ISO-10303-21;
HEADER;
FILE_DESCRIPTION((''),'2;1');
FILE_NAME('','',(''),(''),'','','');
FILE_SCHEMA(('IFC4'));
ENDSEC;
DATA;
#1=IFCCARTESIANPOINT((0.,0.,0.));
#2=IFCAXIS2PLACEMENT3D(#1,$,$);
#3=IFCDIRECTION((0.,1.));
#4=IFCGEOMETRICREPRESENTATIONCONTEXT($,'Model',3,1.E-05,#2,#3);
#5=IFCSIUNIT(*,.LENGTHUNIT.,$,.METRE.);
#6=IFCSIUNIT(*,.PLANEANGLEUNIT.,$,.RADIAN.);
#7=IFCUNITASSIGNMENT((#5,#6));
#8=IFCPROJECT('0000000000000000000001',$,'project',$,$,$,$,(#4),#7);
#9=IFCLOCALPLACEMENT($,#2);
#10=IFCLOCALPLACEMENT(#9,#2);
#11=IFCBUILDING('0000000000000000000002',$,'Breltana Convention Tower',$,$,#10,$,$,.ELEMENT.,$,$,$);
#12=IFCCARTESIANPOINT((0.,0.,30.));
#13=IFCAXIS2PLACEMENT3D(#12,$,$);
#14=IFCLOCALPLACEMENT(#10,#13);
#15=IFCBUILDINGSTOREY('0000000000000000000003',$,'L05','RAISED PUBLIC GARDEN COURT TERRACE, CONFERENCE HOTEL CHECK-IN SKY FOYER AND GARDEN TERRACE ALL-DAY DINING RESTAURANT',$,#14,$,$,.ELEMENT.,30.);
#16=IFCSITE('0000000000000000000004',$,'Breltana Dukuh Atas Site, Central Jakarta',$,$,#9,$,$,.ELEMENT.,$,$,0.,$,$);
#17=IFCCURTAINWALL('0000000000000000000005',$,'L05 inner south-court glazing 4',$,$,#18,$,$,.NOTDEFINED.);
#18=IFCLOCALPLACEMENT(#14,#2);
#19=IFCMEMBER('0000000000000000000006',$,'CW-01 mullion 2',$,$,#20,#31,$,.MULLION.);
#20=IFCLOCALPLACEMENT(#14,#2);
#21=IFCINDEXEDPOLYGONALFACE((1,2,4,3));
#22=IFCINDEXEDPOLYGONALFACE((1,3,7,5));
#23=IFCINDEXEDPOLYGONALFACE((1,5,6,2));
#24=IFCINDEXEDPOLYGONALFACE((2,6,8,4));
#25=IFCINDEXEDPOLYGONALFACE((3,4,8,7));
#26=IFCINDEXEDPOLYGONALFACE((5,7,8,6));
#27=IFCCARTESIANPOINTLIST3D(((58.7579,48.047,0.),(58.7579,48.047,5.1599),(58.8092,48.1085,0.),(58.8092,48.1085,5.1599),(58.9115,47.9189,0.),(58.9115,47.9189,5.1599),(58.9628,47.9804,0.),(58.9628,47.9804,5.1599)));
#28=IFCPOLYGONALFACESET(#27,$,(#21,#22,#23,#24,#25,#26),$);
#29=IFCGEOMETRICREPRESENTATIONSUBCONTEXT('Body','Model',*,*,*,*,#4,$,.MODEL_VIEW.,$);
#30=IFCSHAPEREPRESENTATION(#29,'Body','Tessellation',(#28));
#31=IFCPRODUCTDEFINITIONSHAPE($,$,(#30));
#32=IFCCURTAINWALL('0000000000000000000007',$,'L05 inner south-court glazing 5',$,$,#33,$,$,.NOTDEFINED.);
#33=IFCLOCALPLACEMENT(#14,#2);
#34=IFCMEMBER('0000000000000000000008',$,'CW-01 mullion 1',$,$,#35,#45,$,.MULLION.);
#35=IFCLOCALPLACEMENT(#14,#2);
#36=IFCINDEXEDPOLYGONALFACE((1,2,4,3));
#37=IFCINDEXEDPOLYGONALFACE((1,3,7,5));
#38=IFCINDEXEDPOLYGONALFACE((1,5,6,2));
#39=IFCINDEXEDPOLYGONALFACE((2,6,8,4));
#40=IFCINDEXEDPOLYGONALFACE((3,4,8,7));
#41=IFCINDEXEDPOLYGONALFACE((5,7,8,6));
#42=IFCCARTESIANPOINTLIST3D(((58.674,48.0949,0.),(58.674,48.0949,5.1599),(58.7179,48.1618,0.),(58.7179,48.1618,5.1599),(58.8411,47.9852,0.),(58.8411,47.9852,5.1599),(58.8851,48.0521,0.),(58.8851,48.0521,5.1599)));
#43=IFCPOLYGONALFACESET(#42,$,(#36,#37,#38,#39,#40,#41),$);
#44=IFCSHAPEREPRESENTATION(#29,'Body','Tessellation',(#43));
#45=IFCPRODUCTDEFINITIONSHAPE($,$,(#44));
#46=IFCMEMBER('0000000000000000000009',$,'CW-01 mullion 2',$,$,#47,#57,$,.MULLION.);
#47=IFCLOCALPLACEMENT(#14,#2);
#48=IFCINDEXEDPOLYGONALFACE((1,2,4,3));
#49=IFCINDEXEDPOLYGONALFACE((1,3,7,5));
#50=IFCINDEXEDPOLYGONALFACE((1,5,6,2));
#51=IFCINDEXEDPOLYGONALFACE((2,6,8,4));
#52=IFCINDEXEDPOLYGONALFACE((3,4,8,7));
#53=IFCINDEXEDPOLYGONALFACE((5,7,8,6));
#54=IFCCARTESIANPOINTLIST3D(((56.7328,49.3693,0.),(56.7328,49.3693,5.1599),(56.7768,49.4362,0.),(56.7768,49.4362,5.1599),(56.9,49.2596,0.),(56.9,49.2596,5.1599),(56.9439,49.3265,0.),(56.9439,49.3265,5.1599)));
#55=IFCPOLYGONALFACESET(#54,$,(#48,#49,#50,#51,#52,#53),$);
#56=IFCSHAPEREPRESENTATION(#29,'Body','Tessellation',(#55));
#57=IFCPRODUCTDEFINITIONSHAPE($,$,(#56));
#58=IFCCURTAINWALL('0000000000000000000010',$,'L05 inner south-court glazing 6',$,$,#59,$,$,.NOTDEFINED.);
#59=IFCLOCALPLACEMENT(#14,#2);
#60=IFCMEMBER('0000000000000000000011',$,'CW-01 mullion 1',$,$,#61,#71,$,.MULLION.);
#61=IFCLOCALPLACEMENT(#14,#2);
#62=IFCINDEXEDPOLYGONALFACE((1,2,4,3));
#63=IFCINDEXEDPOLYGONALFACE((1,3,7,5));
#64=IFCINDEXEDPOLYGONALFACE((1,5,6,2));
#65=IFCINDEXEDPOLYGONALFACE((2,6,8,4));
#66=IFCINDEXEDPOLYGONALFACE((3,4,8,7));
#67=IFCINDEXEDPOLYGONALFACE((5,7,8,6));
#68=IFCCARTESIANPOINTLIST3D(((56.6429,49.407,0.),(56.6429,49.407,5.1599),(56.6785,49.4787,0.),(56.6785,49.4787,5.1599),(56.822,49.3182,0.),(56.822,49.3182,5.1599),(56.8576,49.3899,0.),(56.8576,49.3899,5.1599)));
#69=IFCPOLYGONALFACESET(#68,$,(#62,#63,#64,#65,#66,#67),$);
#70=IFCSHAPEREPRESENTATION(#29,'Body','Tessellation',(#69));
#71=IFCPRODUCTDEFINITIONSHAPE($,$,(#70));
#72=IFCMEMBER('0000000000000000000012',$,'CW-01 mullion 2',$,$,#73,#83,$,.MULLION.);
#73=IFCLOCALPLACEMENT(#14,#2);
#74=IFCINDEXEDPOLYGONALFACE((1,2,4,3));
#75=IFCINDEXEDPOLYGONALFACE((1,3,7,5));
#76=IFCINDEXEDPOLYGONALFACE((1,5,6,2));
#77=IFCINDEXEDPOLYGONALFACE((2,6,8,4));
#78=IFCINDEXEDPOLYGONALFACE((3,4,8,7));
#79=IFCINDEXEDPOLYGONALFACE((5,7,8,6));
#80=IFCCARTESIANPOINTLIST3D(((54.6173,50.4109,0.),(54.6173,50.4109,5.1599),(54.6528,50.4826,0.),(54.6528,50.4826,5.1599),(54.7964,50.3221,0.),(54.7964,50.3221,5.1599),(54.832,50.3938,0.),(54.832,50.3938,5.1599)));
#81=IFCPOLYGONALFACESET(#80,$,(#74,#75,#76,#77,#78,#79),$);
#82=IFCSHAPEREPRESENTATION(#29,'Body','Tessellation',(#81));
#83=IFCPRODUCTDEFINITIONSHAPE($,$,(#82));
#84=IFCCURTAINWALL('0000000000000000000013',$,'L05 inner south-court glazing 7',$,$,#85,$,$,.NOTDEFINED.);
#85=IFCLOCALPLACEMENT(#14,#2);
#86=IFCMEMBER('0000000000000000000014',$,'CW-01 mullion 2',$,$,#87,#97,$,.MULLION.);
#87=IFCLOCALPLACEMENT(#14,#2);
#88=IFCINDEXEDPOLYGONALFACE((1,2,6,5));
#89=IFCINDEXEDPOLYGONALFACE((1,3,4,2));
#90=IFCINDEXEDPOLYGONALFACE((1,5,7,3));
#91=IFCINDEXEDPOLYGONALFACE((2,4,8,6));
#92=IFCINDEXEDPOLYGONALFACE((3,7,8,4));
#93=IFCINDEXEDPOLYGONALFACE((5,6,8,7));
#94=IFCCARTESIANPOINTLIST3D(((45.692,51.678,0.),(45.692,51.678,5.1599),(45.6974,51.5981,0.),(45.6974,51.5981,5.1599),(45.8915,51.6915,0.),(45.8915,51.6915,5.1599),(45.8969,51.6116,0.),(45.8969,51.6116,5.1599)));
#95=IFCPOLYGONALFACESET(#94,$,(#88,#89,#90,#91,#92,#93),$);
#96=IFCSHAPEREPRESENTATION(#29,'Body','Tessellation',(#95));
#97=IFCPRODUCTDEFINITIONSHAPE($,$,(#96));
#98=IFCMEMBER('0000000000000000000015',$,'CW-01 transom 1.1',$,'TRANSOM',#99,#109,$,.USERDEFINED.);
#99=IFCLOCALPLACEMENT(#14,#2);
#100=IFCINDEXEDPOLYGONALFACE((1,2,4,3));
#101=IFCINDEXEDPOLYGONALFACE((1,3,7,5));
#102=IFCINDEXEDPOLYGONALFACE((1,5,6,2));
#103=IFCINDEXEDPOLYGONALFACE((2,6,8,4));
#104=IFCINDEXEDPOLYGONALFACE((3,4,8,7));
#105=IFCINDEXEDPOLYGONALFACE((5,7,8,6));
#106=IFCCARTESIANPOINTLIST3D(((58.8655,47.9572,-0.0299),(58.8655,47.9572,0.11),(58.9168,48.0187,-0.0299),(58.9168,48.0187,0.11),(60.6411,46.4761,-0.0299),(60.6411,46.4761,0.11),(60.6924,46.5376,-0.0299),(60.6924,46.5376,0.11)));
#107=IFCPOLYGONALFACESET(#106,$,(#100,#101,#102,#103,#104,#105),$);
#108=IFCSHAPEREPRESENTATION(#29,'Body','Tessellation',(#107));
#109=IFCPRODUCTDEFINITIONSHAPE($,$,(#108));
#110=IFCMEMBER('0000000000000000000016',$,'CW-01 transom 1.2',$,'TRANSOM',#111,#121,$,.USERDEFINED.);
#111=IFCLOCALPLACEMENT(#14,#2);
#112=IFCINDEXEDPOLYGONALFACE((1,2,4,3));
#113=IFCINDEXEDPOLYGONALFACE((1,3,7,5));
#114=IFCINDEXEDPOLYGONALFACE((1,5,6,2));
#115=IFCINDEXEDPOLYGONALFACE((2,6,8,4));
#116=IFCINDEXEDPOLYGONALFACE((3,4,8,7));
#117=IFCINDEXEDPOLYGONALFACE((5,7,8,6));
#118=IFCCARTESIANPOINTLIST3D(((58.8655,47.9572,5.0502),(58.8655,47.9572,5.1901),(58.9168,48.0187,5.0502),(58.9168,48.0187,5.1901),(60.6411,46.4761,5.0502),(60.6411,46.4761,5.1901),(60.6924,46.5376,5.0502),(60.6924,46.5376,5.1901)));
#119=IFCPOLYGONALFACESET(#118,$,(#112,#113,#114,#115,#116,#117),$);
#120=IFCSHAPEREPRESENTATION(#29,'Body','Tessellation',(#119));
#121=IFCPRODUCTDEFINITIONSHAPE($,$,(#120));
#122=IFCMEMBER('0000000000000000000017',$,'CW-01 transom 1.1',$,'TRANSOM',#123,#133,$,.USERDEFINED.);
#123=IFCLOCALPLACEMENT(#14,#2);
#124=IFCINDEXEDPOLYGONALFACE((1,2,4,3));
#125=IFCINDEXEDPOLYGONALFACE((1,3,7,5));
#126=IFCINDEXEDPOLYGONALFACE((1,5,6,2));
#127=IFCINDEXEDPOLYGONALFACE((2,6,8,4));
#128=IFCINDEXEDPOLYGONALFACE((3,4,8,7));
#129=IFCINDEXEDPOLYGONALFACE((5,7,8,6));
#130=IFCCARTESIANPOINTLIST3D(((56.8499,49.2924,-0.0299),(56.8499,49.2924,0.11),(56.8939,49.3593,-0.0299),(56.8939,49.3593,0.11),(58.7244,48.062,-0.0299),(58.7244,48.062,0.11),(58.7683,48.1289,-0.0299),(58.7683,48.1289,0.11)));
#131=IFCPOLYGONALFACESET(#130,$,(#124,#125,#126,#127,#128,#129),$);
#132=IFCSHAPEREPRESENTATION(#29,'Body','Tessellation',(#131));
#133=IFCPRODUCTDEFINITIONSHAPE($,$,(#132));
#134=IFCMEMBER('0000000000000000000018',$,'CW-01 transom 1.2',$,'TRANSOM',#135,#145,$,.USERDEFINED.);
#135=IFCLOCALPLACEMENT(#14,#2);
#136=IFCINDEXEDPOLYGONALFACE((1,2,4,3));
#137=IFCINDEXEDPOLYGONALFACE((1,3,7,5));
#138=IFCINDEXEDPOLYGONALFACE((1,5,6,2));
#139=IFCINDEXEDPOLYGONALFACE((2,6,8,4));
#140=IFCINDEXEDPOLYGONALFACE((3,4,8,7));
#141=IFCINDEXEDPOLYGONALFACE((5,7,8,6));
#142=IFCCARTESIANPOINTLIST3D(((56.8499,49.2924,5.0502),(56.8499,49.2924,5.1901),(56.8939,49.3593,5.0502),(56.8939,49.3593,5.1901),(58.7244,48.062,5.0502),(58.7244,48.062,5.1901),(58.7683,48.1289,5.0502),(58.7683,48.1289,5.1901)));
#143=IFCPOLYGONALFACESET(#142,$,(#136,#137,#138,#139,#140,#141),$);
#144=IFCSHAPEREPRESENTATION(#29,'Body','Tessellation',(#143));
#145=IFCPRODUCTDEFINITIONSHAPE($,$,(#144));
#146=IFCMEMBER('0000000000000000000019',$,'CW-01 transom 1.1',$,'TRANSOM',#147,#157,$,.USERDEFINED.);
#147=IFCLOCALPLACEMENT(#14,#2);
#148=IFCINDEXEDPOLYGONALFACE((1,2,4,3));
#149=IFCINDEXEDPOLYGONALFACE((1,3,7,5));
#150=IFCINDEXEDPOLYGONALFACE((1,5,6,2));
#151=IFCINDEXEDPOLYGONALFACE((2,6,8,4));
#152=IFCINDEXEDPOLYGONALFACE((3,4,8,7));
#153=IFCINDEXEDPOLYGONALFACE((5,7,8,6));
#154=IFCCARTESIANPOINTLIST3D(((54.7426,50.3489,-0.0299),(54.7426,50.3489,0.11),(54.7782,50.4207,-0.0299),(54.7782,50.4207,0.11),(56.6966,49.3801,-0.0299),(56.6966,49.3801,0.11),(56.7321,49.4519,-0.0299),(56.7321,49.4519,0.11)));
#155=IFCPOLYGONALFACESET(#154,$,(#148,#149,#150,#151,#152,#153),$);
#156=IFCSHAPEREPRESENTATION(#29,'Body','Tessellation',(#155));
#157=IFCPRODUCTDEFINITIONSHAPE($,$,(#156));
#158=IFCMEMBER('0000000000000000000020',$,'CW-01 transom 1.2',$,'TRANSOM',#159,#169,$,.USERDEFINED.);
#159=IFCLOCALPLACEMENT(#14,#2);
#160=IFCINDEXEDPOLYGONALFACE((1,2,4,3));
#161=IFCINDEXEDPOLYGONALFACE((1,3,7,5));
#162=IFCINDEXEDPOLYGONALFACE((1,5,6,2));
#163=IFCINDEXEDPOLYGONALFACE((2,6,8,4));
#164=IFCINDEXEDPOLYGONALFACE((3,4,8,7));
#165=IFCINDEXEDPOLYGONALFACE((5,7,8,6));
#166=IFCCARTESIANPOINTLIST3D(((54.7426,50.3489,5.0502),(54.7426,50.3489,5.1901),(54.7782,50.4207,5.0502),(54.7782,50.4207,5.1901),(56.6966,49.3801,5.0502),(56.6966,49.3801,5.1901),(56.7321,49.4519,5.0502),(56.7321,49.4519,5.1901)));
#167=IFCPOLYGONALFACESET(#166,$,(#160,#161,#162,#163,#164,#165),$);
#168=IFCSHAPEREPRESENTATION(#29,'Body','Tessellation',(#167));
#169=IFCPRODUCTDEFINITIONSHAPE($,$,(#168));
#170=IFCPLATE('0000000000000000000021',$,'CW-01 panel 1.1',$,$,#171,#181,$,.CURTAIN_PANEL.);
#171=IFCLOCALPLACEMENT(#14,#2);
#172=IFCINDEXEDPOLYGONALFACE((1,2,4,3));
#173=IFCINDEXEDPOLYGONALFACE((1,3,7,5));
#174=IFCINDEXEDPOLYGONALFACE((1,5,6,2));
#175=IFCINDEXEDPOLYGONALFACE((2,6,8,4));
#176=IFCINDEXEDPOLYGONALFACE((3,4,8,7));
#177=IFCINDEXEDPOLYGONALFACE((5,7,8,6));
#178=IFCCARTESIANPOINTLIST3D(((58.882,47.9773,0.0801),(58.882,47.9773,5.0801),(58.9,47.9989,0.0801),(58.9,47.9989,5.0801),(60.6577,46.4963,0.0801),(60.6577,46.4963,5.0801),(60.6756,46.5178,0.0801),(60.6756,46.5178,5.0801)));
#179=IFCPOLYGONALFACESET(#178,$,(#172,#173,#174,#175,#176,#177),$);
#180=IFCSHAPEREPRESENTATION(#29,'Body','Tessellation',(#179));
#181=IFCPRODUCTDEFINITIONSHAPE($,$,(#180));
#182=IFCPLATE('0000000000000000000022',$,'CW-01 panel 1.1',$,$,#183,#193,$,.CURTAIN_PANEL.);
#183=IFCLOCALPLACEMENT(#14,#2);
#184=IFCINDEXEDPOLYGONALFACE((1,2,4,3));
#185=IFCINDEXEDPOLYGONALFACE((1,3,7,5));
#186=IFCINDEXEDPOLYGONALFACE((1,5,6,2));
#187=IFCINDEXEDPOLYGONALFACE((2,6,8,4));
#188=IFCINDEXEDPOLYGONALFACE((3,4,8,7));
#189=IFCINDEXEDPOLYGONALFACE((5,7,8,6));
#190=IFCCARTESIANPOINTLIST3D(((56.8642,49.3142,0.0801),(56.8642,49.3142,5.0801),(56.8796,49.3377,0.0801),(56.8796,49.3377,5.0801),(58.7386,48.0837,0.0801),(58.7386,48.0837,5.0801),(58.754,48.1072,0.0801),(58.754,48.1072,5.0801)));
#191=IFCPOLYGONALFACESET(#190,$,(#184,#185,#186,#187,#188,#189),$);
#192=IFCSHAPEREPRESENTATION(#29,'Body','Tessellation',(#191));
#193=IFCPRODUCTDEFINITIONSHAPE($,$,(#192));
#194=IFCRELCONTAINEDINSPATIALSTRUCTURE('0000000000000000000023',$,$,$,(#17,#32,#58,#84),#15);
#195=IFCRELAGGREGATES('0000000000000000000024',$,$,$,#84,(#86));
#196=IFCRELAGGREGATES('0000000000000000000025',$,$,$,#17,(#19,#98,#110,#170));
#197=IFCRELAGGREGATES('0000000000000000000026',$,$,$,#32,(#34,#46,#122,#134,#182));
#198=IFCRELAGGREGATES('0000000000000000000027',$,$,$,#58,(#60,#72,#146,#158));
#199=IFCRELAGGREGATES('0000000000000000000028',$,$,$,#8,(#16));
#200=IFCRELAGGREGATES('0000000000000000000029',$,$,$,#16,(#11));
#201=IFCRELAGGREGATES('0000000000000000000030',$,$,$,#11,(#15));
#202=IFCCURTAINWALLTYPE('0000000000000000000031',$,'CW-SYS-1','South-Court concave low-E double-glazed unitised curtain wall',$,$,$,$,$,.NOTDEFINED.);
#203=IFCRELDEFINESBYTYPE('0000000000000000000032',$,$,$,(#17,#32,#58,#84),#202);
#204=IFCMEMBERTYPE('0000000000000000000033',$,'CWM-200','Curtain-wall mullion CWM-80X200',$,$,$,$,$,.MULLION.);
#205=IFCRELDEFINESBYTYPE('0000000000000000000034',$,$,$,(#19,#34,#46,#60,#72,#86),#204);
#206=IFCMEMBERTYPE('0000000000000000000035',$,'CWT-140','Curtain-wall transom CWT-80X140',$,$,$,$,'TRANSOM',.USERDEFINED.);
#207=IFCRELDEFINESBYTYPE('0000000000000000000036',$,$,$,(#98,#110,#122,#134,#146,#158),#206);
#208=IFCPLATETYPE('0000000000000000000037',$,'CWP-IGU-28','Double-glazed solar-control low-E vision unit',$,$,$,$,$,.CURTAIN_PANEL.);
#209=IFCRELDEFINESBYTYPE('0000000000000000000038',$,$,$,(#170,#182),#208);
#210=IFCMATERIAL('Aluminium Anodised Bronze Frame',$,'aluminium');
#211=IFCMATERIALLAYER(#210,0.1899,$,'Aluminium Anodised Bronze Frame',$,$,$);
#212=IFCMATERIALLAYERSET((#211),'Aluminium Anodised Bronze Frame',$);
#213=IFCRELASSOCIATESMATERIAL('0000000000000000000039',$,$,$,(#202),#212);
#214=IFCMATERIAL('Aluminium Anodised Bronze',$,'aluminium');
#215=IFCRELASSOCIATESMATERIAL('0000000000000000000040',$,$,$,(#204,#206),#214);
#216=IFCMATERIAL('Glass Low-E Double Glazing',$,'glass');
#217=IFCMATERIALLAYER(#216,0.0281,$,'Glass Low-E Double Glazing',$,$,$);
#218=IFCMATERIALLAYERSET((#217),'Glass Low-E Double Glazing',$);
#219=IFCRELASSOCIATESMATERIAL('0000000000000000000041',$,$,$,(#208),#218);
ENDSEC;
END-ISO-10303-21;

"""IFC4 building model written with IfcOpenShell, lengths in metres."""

from ifc_helpers import new_model, si_unit, direction, frame, origin, origin_2d, place, context, subcontext, project, spatial, rectangle, extrude, source, transform, mapped, material, layer, layer_set, material_profile, profile_set, type_object, type_shapes, element, aggregate, save


model = new_model("IFC4")

# Units and contexts
model_context = context("Model", 3, precision=1e-05, world=origin(), true_north=direction((0.0, 1.0)))
body_context = subcontext(model_context, "Body", "Model", "MODEL_VIEW")
ifc_project = project(units=[si_unit("LENGTHUNIT", "METRE"), si_unit("PLANEANGLEUNIT", "RADIAN")], contexts=[model_context])

# Site, building, storey
site_placement = place(None, origin())
site = spatial("IfcSite", under=ifc_project, at=site_placement, Name="Breltana Dukuh Atas Site, Central Jakarta", CompositionType="ELEMENT", RefElevation=0.0)
building_placement = place(site_placement, origin())
building = spatial("IfcBuilding", under=site, at=building_placement, Name="Breltana Convention Tower", CompositionType="ELEMENT")
storey_placement = place(building_placement, frame((0.0, 0.0, 30.0)))
storey = spatial("IfcBuildingStorey", under=building, at=storey_placement, Name="L05", Description="RAISED PUBLIC GARDEN COURT TERRACE, CONFERENCE HOTEL CHECK-IN SKY FOYER AND GARDEN TERRACE ALL-DAY DINING RESTAURANT", CompositionType="ELEMENT", Elevation=30.0)

# Curtain wall, member
ifc_material_1 = material(Name="Aluminium Anodised Bronze Frame", Category="aluminium")
ifc_layer_1 = layer(ifc_material_1, 0.1899, Name="Aluminium Anodised Bronze Frame")
ifc_layer_set_1 = layer_set([ifc_layer_1], Name="Aluminium Anodised Bronze Frame")
curtain_wall_type = type_object("IfcCurtainWallType", Name="CW-SYS-1", Description="South-Court concave low-E double-glazed unitised curtain wall", PredefinedType="NOTDEFINED", material=ifc_layer_set_1)
curtain_wall_1_placement = place(storey_placement, origin())
curtain_wall_1 = element("IfcCurtainWall", 1, at=curtain_wall_1_placement, inside=storey, type_object=curtain_wall_type, Name="L05 inner south-court glazing 4", PredefinedType="NOTDEFINED")
ifc_material_2 = material(Name="Aluminium Anodised Bronze", Category="aluminium")
ifc_material_profile_1 = material_profile(ifc_material_2, rectangle(XDim=0.0801, YDim=0.2, at=origin_2d()), Name="CWM-80X200")
ifc_profile_set_1 = profile_set([ifc_material_profile_1], Name="Aluminium Anodised Bronze")
member_type_1 = type_object("IfcMemberType", Name="CWM-200", Description="Curtain-wall mullion CWM-80X200", PredefinedType="MULLION", material=ifc_profile_set_1)
shared_shape_1 = source(origin(), body_context, "Body", "SweptSolid", [
    extrude(rectangle(XDim=0.0801, YDim=0.2, at=origin_2d()), origin(), (0.0, 0.0, 1.0), 5.1599),
])
type_shapes(member_type_1, [shared_shape_1])
member_1_placement = place(storey_placement, frame((58.8604, 48.0137, 0.0), z_axis=(0.0, 0.0, 1.0), x_axis=(-0.640523, -0.767939, 0.0)))
member_1 = element("IfcMember", 2, at=member_1_placement, type_object=member_type_1, Name="CW-01 mullion 2", PredefinedType="MULLION", context=body_context, shape_type="MappedRepresentation", body=[
    mapped(shared_shape_1, transform((0.0, 0.0, 0.0), scale=1.0)),
])

# Curtain walls, members
curtain_wall_2_placement = place(storey_placement, origin())
curtain_wall_2 = element("IfcCurtainWall", 3, at=curtain_wall_2_placement, inside=storey, type_object=curtain_wall_type, Name="L05 inner south-court glazing 5", PredefinedType="NOTDEFINED")
member_2_placement = place(storey_placement, frame((58.7795, 48.0735, 0.0), z_axis=(0.0, 0.0, 1.0), x_axis=(-0.548778, -0.835968, 0.0)))
member_2 = element("IfcMember", 4, at=member_2_placement, type_object=member_type_1, Name="CW-01 mullion 1", PredefinedType="MULLION", context=body_context, shape_type="MappedRepresentation", body=[
    mapped(shared_shape_1, transform((0.0, 0.0, 0.0), scale=1.0)),
])
member_3_placement = place(storey_placement, frame((56.8384, 49.3479, 0.0), z_axis=(0.0, 0.0, 1.0), x_axis=(-0.548778, -0.835968, 0.0)))
member_3 = element("IfcMember", 5, at=member_3_placement, type_object=member_type_1, Name="CW-01 mullion 2", PredefinedType="MULLION", context=body_context, shape_type="MappedRepresentation", body=[
    mapped(shared_shape_1, transform((0.0, 0.0, 0.0), scale=1.0)),
])
curtain_wall_3_placement = place(storey_placement, origin())
curtain_wall_3 = element("IfcCurtainWall", 6, at=curtain_wall_3_placement, inside=storey, type_object=curtain_wall_type, Name="L05 inner south-court glazing 6", PredefinedType="NOTDEFINED")
member_4_placement = place(storey_placement, frame((56.7502, 49.3984, 0.0), z_axis=(0.0, 0.0, 1.0), x_axis=(-0.444118, -0.895968, 0.0)))
member_4 = element("IfcMember", 7, at=member_4_placement, type_object=member_type_1, Name="CW-01 mullion 1", PredefinedType="MULLION", context=body_context, shape_type="MappedRepresentation", body=[
    mapped(shared_shape_1, transform((0.0, 0.0, 0.0), scale=1.0)),
])
member_5_placement = place(storey_placement, frame((54.7246, 50.4023, 0.0), z_axis=(0.0, 0.0, 1.0), x_axis=(-0.444118, -0.895968, 0.0)))
member_5 = element("IfcMember", 8, at=member_5_placement, type_object=member_type_1, Name="CW-01 mullion 2", PredefinedType="MULLION", context=body_context, shape_type="MappedRepresentation", body=[
    mapped(shared_shape_1, transform((0.0, 0.0, 0.0), scale=1.0)),
])

# Curtain wall, member
curtain_wall_4_placement = place(storey_placement, origin())
curtain_wall_4 = element("IfcCurtainWall", 9, at=curtain_wall_4_placement, inside=storey, type_object=curtain_wall_type, Name="L05 inner south-court glazing 7", PredefinedType="NOTDEFINED")
member_6_placement = place(storey_placement, frame((45.7944, 51.6448, 0.0), z_axis=(0.0, 0.0, 1.0), x_axis=(0.067726, -0.997704, 0.0)))
member_6 = element("IfcMember", 10, at=member_6_placement, type_object=member_type_1, Name="CW-01 mullion 2", PredefinedType="MULLION", context=body_context, shape_type="MappedRepresentation", body=[
    mapped(shared_shape_1, transform((0.0, 0.0, 0.0), scale=1.0)),
])
aggregate(curtain_wall_4, [member_6])

# Members
ifc_material_profile_2 = material_profile(ifc_material_2, rectangle(XDim=0.0801, YDim=0.1399, at=origin_2d()), Name="CWT-80X140")
ifc_profile_set_2 = profile_set([ifc_material_profile_2], Name="Aluminium Anodised Bronze")
member_type_2 = type_object("IfcMemberType", Name="CWT-140", Description="Curtain-wall transom CWT-80X140", ElementType="TRANSOM", PredefinedType="USERDEFINED", material=ifc_profile_set_2)
shared_shape_2 = source(origin(), body_context, "Body", "SweptSolid", [
    extrude(rectangle(XDim=0.0801, YDim=0.1399, at=origin_2d()), origin(), (0.0, 0.0, 1.0), 2.3123),
])
member_7_placement = place(storey_placement, frame((60.6667, 46.5068, 0.04), z_axis=(-0.767901, 0.640569, 0.0), x_axis=(-0.640569, -0.767901, 0.0)))
member_7 = element("IfcMember", 11, at=member_7_placement, type_object=member_type_2, Name="CW-01 transom 1.1", ObjectType="TRANSOM", PredefinedType="USERDEFINED", context=body_context, shape_type="MappedRepresentation", body=[
    mapped(shared_shape_2, transform((0.0, 0.0, 0.0), scale=1.0)),
])
member_8_placement = place(storey_placement, frame((60.6667, 46.5068, 5.1201), z_axis=(-0.767901, 0.640569, 0.0), x_axis=(-0.640569, -0.767901, 0.0)))
member_8 = element("IfcMember", 12, at=member_8_placement, type_object=member_type_2, Name="CW-01 transom 1.2", ObjectType="TRANSOM", PredefinedType="USERDEFINED", context=body_context, shape_type="MappedRepresentation", body=[
    mapped(shared_shape_2, transform((0.0, 0.0, 0.0), scale=1.0)),
])
shared_shape_3 = source(origin(), body_context, "Body", "SweptSolid", [
    extrude(rectangle(XDim=0.0801, YDim=0.1399, at=origin_2d()), origin(), (0.0, 0.0, 1.0), 2.2422),
])
member_9_placement = place(storey_placement, frame((58.7463, 48.0955, 0.04), z_axis=(-0.835982, 0.548756, 0.0), x_axis=(-0.548756, -0.835982, 0.0)))
member_9 = element("IfcMember", 13, at=member_9_placement, type_object=member_type_2, Name="CW-01 transom 1.1", ObjectType="TRANSOM", PredefinedType="USERDEFINED", context=body_context, shape_type="MappedRepresentation", body=[
    mapped(shared_shape_3, transform((0.0, 0.0, 0.0), scale=1.0)),
])
member_10_placement = place(storey_placement, frame((58.7463, 48.0955, 5.1201), z_axis=(-0.835982, 0.548756, 0.0), x_axis=(-0.548756, -0.835982, 0.0)))
member_10 = element("IfcMember", 14, at=member_10_placement, type_object=member_type_2, Name="CW-01 transom 1.2", ObjectType="TRANSOM", PredefinedType="USERDEFINED", context=body_context, shape_type="MappedRepresentation", body=[
    mapped(shared_shape_3, transform((0.0, 0.0, 0.0), scale=1.0)),
])
shared_shape_4 = source(origin(), body_context, "Body", "SweptSolid", [
    extrude(rectangle(XDim=0.0801, YDim=0.1399, at=origin_2d()), origin(), (0.0, 0.0, 1.0), 2.1809),
])
member_11_placement = place(storey_placement, frame((56.7144, 49.416, 0.04), z_axis=(-0.895922, 0.444211, 0.0), x_axis=(-0.444211, -0.895922, 0.0)))
member_11 = element("IfcMember", 15, at=member_11_placement, type_object=member_type_2, Name="CW-01 transom 1.1", ObjectType="TRANSOM", PredefinedType="USERDEFINED", context=body_context, shape_type="MappedRepresentation", body=[
    mapped(shared_shape_4, transform((0.0, 0.0, 0.0), scale=1.0)),
])
member_12_placement = place(storey_placement, frame((56.7144, 49.416, 5.1201), z_axis=(-0.895922, 0.444211, 0.0), x_axis=(-0.444211, -0.895922, 0.0)))
member_12 = element("IfcMember", 16, at=member_12_placement, type_object=member_type_2, Name="CW-01 transom 1.2", ObjectType="TRANSOM", PredefinedType="USERDEFINED", context=body_context, shape_type="MappedRepresentation", body=[
    mapped(shared_shape_4, transform((0.0, 0.0, 0.0), scale=1.0)),
])

# Plates
ifc_material_3 = material(Name="Glass Low-E Double Glazing", Category="glass")
ifc_layer_2 = layer(ifc_material_3, 0.0281, Name="Glass Low-E Double Glazing")
ifc_layer_set_2 = layer_set([ifc_layer_2], Name="Glass Low-E Double Glazing")
plate_type = type_object("IfcPlateType", Name="CWP-IGU-28", Description="Double-glazed solar-control low-E vision unit", PredefinedType="CURTAIN_PANEL", material=ifc_layer_set_2)
shared_shape_5 = source(origin(), body_context, "Body", "SweptSolid", [
    extrude(rectangle(XDim=2.3123, YDim=0.0281, at=origin_2d()), origin(), (0.0, 0.0, 1.0), 5.0),
])
plate_1_placement = place(storey_placement, frame((59.7788, 47.2476, 0.0801), z_axis=(0.0, 0.0, 1.0), x_axis=(-0.767939, 0.640523, 0.0)))
plate_1 = element("IfcPlate", 17, at=plate_1_placement, type_object=plate_type, Name="CW-01 panel 1.1", PredefinedType="CURTAIN_PANEL", context=body_context, shape_type="MappedRepresentation", body=[
    mapped(shared_shape_5, transform((0.0, 0.0, 0.0), scale=1.0)),
])
aggregate(curtain_wall_1, [member_1, member_7, member_8, plate_1])
shared_shape_6 = source(origin(), body_context, "Body", "SweptSolid", [
    extrude(rectangle(XDim=2.2422, YDim=0.0281, at=origin_2d()), origin(), (0.0, 0.0, 1.0), 5.0),
])
plate_2_placement = place(storey_placement, frame((57.8091, 48.7107, 0.0801), z_axis=(0.0, 0.0, 1.0), x_axis=(-0.835968, 0.548778, 0.0)))
plate_2 = element("IfcPlate", 18, at=plate_2_placement, type_object=plate_type, Name="CW-01 panel 1.1", PredefinedType="CURTAIN_PANEL", context=body_context, shape_type="MappedRepresentation", body=[
    mapped(shared_shape_6, transform((0.0, 0.0, 0.0), scale=1.0)),
])
aggregate(curtain_wall_2, [member_2, member_3, member_9, member_10, plate_2])
aggregate(curtain_wall_3, [member_4, member_5, member_11, member_12])

save(model, "model.ifc")
